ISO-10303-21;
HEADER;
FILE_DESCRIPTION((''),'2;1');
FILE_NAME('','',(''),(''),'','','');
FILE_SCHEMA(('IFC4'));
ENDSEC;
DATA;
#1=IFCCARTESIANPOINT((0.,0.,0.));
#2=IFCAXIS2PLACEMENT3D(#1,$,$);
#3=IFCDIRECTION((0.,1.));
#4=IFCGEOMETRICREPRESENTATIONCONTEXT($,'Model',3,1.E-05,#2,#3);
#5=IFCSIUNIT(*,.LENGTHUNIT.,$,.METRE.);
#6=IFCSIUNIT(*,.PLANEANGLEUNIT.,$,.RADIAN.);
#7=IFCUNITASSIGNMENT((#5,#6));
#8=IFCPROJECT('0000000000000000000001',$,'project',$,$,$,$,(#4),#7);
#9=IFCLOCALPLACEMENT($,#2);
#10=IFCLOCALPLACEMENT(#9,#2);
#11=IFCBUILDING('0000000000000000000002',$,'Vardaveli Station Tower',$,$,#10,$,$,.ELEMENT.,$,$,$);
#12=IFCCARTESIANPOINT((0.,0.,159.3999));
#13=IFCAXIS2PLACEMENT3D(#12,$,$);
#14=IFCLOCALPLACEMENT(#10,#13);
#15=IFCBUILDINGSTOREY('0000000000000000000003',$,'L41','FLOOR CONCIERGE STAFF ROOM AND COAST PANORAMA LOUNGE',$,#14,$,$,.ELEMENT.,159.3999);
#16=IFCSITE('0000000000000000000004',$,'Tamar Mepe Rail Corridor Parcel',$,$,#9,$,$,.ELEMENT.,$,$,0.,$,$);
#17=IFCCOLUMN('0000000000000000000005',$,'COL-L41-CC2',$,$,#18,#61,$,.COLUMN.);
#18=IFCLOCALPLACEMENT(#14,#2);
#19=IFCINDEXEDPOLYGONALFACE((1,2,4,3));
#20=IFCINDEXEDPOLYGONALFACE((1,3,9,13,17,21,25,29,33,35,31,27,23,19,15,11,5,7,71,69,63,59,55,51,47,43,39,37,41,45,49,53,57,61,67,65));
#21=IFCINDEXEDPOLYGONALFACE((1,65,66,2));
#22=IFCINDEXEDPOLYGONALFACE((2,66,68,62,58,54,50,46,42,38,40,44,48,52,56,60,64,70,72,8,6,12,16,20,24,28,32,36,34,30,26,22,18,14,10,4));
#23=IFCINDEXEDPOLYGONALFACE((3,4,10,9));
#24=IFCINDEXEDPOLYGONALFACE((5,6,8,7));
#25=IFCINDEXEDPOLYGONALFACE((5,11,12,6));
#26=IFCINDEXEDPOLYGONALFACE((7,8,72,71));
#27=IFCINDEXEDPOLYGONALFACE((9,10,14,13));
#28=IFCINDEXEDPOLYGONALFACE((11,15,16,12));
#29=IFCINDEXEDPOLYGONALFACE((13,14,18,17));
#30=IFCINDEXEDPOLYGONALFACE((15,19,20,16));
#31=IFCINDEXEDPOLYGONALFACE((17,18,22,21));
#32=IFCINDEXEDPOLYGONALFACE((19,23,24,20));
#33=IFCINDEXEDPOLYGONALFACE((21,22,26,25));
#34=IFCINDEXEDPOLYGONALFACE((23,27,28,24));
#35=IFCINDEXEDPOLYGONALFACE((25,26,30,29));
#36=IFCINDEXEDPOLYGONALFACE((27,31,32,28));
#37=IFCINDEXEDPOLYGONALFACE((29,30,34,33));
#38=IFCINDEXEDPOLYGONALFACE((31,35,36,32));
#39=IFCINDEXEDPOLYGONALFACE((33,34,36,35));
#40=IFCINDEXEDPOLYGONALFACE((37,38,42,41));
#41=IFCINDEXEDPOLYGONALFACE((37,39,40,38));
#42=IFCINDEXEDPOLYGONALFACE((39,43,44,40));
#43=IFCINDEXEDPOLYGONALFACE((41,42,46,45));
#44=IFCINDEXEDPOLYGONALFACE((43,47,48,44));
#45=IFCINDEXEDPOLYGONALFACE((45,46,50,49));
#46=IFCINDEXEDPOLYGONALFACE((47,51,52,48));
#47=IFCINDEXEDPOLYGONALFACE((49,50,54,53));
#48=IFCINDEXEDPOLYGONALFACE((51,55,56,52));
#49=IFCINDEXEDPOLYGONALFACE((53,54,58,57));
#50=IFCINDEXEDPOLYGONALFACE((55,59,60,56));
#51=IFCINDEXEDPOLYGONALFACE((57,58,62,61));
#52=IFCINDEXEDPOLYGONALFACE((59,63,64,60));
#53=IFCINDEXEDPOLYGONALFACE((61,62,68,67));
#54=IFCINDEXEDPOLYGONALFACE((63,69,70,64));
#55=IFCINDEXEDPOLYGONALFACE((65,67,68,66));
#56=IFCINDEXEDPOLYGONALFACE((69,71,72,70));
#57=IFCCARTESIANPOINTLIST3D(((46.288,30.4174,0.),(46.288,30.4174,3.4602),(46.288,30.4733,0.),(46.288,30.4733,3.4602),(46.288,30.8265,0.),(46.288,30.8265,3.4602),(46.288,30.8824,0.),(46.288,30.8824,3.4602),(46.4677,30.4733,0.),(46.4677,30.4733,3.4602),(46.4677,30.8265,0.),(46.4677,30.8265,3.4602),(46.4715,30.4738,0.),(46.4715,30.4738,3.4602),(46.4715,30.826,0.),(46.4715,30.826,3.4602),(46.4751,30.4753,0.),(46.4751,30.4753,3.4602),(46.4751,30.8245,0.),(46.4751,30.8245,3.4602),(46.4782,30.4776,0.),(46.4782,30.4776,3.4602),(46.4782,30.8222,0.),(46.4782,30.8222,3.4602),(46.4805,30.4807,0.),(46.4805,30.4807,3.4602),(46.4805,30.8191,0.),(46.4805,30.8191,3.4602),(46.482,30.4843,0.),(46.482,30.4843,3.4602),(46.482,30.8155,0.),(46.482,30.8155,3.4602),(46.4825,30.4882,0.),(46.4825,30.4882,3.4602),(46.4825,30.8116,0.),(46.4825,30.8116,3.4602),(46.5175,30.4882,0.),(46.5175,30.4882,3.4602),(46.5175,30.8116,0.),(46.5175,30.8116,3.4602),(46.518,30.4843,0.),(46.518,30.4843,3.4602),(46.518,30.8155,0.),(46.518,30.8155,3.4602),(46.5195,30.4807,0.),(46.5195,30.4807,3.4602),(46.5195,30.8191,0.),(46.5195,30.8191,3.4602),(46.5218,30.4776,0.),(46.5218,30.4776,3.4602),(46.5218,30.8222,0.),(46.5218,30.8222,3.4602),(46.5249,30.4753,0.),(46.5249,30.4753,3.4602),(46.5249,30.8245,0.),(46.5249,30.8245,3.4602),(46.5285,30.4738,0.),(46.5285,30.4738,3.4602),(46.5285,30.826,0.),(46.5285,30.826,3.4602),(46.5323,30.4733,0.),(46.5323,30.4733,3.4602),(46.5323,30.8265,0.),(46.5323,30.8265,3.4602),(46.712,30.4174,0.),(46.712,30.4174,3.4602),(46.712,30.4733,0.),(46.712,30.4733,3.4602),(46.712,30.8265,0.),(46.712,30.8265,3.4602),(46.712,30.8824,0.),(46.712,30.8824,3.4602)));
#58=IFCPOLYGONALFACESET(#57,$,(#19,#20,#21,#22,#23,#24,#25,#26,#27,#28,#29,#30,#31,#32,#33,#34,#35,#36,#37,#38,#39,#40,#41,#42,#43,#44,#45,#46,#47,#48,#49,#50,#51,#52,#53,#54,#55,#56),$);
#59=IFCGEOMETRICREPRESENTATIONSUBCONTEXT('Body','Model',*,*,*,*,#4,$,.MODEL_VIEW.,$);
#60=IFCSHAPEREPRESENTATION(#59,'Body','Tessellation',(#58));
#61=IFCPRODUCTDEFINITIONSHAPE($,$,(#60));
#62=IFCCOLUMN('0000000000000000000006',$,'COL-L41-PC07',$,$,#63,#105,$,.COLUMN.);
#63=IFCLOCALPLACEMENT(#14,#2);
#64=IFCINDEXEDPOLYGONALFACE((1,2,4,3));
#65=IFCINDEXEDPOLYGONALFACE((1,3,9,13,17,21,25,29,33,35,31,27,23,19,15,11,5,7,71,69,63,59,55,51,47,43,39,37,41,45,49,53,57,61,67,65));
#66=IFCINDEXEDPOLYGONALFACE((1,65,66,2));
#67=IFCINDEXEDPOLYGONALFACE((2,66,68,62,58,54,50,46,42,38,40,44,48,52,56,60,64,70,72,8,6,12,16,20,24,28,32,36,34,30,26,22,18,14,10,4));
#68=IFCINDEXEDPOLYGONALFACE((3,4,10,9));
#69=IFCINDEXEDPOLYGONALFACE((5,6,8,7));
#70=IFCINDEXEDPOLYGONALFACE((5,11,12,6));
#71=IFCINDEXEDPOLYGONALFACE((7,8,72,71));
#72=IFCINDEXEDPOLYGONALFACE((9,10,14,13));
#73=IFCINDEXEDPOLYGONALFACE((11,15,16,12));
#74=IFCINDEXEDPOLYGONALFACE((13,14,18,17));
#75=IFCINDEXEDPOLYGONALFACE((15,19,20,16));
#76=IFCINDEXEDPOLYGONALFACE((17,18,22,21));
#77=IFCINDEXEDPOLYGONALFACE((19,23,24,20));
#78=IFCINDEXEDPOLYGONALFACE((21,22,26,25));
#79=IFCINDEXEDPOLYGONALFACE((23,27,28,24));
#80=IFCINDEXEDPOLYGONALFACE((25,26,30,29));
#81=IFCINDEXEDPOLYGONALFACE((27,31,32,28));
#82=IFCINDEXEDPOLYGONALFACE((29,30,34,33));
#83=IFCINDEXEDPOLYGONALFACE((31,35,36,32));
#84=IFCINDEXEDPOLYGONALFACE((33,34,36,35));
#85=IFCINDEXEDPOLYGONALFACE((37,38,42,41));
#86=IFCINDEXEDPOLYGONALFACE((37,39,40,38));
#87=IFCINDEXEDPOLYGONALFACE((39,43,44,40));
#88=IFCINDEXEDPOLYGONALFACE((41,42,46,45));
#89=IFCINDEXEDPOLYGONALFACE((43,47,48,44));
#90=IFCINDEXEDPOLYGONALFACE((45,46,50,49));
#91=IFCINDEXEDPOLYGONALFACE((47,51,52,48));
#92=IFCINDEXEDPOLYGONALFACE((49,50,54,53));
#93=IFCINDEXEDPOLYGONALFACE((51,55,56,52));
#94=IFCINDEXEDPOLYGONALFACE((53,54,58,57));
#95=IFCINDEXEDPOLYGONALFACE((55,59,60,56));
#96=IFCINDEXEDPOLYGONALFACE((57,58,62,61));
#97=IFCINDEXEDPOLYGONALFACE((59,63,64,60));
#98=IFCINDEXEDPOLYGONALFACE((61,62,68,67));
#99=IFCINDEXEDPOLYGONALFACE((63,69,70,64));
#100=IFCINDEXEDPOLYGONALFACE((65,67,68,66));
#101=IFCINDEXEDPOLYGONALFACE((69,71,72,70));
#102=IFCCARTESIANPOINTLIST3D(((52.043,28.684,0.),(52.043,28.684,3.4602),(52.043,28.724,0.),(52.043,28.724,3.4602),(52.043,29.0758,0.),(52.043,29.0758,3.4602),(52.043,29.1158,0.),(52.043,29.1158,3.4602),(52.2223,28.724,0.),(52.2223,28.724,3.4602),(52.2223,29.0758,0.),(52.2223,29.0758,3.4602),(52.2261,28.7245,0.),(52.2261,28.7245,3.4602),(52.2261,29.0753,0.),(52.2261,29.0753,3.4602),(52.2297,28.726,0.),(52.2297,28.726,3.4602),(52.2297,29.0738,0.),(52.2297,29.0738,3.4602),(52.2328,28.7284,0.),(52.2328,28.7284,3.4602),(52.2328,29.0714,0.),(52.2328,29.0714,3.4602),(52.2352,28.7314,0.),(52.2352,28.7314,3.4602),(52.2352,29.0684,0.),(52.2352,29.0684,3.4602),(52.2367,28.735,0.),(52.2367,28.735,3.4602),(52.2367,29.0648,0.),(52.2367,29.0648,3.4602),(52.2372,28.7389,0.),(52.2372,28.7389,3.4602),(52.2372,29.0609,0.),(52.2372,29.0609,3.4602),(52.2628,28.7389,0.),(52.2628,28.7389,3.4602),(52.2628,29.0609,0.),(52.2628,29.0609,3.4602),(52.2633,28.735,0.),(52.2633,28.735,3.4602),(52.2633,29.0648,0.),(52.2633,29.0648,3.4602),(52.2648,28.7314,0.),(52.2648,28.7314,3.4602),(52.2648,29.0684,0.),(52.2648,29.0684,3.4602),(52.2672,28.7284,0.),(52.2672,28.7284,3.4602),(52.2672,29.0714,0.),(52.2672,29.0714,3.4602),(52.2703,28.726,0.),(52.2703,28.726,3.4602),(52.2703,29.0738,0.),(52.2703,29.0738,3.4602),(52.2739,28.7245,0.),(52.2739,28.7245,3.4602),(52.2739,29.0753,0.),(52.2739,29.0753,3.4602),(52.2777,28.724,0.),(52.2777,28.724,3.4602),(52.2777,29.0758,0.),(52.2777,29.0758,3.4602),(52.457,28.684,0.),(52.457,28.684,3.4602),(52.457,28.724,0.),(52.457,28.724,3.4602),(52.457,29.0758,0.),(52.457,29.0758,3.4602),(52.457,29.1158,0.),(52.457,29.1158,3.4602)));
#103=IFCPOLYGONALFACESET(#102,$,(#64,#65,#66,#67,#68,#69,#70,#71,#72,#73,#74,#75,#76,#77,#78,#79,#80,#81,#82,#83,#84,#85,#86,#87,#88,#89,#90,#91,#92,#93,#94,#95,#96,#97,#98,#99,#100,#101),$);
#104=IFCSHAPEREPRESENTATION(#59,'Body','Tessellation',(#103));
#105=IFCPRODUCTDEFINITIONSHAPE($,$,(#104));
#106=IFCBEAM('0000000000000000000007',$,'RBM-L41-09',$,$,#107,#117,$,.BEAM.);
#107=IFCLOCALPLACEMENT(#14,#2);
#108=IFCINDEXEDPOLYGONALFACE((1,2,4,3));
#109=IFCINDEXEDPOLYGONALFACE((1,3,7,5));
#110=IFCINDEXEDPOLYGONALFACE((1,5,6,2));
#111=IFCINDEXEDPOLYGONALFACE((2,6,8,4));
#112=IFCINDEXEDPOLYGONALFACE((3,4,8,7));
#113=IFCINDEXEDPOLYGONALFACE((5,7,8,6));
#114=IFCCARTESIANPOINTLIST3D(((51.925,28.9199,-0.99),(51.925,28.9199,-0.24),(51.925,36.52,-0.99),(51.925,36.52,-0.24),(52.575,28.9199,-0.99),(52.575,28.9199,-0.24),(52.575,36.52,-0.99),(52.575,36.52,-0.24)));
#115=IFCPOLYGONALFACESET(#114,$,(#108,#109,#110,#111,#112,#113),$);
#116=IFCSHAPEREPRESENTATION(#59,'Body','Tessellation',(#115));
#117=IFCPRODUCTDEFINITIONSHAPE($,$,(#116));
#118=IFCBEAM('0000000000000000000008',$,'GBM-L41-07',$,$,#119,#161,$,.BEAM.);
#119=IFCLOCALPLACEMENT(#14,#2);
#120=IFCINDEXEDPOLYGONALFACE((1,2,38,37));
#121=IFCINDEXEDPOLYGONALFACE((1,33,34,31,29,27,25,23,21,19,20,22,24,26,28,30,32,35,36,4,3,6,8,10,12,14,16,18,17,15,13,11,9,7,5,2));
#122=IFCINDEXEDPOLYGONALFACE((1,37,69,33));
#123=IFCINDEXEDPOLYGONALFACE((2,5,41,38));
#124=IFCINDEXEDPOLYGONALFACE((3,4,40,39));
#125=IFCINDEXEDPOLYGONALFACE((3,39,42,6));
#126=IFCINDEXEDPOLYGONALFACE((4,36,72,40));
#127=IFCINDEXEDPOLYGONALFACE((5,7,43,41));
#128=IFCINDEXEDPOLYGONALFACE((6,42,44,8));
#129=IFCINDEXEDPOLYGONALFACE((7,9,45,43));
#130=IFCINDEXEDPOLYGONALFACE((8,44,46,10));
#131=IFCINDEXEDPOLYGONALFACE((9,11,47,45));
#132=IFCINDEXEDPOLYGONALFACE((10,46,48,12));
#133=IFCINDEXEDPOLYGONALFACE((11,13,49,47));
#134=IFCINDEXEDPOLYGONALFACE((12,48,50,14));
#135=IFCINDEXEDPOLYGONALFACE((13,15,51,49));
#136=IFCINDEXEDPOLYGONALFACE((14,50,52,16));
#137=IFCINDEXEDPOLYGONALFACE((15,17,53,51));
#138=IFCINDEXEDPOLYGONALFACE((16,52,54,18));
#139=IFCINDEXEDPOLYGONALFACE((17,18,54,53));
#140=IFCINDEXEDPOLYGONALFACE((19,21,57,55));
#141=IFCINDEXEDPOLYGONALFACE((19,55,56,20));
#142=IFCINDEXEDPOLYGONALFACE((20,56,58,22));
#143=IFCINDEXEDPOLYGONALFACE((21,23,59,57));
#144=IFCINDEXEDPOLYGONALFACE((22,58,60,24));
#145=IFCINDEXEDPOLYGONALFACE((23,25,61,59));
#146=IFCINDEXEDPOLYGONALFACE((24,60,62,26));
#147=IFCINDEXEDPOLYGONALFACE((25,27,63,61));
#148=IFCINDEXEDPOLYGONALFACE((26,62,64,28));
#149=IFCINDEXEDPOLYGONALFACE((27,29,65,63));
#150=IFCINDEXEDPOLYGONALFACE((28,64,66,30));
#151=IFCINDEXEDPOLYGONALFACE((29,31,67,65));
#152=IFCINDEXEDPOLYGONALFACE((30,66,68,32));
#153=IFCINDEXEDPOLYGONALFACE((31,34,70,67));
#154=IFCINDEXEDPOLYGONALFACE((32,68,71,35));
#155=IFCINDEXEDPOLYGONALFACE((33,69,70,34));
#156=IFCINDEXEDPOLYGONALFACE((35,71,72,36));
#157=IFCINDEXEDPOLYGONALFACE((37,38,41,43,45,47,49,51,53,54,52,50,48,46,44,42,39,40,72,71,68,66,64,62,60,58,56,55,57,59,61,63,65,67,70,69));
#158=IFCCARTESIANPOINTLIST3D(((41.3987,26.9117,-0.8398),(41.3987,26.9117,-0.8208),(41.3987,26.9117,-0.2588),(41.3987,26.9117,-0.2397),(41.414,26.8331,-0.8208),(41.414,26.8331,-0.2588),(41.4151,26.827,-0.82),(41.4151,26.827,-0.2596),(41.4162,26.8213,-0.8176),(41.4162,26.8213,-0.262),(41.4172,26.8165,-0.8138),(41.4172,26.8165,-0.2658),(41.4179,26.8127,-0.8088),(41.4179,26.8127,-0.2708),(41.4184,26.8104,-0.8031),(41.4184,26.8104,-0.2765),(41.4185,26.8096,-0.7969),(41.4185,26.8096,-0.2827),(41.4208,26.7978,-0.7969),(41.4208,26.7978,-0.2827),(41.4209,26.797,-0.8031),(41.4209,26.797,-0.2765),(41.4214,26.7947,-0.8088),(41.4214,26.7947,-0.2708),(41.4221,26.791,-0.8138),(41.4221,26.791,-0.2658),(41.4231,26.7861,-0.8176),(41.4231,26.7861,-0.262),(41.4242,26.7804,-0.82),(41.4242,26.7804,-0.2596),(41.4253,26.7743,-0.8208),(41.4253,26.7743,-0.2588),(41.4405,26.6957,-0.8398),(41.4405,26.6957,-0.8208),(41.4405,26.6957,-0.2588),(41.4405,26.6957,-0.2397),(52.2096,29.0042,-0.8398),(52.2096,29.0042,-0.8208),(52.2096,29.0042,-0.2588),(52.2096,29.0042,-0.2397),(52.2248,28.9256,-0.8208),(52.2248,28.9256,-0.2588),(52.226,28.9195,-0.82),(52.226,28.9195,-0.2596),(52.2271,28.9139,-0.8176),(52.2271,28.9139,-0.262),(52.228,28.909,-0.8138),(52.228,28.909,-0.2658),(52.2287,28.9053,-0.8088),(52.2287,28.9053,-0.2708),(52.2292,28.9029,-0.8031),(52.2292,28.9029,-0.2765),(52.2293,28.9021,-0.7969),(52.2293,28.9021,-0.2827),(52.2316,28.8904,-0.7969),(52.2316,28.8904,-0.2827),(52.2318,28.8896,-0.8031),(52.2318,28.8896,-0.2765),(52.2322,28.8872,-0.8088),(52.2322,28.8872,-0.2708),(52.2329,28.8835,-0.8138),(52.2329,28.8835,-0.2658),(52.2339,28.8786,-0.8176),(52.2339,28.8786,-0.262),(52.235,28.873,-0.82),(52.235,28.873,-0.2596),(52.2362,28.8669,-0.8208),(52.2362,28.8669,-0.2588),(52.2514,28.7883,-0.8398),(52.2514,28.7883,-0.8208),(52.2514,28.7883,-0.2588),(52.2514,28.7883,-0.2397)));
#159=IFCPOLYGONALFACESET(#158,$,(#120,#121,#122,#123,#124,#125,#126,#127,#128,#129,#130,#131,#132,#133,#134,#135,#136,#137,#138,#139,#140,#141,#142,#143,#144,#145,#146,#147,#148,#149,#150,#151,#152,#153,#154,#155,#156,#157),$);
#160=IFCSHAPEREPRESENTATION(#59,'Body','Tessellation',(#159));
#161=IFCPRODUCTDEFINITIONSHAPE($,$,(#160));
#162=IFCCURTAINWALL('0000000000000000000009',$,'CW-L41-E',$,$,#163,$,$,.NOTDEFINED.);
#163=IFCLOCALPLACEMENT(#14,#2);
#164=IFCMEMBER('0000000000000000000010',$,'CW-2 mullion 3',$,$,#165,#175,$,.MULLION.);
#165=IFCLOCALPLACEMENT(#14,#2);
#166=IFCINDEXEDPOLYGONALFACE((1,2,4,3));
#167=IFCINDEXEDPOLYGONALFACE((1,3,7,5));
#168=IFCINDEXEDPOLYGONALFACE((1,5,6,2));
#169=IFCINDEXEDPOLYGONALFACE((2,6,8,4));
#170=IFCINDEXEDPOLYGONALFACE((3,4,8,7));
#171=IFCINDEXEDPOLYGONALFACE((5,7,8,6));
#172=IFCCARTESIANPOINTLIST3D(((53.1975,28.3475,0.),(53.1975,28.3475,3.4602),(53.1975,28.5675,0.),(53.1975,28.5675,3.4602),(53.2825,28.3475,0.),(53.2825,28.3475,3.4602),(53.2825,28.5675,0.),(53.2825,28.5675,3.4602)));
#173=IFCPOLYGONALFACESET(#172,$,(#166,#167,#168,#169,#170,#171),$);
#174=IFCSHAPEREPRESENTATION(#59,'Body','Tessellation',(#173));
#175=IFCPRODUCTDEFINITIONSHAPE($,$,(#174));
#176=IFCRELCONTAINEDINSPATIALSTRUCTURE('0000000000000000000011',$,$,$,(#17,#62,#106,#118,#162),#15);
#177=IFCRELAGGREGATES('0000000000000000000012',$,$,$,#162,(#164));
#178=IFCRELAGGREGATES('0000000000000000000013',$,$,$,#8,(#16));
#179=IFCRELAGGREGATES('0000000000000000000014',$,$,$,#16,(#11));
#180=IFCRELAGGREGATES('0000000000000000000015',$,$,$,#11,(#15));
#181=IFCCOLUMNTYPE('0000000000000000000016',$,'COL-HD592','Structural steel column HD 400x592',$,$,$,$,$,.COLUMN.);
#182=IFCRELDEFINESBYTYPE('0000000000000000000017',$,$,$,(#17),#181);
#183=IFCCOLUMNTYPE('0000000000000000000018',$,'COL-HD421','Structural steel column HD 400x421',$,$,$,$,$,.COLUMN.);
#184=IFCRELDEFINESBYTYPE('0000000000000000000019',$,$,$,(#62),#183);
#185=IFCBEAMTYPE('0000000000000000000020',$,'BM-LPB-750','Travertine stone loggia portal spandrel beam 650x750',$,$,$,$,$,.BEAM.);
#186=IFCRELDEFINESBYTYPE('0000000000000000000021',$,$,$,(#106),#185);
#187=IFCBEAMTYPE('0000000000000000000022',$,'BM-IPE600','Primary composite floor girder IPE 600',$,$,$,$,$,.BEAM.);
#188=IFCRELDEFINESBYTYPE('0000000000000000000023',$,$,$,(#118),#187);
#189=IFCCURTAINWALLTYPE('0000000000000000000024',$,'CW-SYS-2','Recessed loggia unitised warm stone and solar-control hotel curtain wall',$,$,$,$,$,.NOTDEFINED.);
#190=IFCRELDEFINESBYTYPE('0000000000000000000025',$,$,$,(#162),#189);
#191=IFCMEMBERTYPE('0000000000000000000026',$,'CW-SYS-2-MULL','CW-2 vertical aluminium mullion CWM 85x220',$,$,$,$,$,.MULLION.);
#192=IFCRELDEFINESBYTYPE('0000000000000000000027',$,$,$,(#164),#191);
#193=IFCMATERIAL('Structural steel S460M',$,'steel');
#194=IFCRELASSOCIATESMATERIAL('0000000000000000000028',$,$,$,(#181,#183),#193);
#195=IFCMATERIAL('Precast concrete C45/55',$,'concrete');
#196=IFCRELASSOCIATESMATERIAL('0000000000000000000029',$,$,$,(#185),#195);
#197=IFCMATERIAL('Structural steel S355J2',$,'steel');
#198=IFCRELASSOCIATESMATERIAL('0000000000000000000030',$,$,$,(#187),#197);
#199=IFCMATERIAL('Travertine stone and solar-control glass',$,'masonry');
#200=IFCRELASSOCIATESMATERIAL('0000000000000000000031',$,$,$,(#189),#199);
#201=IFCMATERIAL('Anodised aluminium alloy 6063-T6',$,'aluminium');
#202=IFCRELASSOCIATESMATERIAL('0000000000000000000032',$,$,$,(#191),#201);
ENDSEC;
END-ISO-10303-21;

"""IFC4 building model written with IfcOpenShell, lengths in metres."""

from ifc_helpers import new_model, si_unit, direction, frame, origin, origin_2d, place, context, subcontext, project, spatial, rectangle, i_section, extrude, source, transform, mapped, material, material_profile, profile_set, type_object, element, aggregate, save


model = new_model("IFC4")

# Units and contexts
model_context = context("Model", 3, precision=1e-05, world=origin(), true_north=direction((0.0, 1.0)))
body_context = subcontext(model_context, "Body", "Model", "MODEL_VIEW")
ifc_project = project(units=[si_unit("LENGTHUNIT", "METRE"), si_unit("PLANEANGLEUNIT", "RADIAN")], contexts=[model_context])

# Site, building, storey
site_placement = place(None, origin())
site = spatial("IfcSite", under=ifc_project, at=site_placement, Name="Tamar Mepe Rail Corridor Parcel", CompositionType="ELEMENT", RefElevation=0.0)
building_placement = place(site_placement, origin())
building = spatial("IfcBuilding", under=site, at=building_placement, Name="Vardaveli Station Tower", CompositionType="ELEMENT")
storey_placement = place(building_placement, frame((0.0, 0.0, 159.3999)))
storey = spatial("IfcBuildingStorey", under=building, at=storey_placement, Name="L41", Description="FLOOR CONCIERGE STAFF ROOM AND COAST PANORAMA LOUNGE", CompositionType="ELEMENT", Elevation=159.3999)

# Columns
ifc_material_1 = material(Name="Structural steel S460M", Category="steel")
ifc_material_profile_1 = material_profile(ifc_material_1, i_section(OverallWidth=0.4241, OverallDepth=0.4651, WebThickness=0.0349, FlangeThickness=0.0559, FilletRadius=0.0149, at=origin_2d()), Name="HD 400x592")
ifc_profile_set_1 = profile_set([ifc_material_profile_1], Name="Structural steel S460M")
column_type_1 = type_object("IfcColumnType", Name="COL-HD592", Description="Structural steel column HD 400x592", PredefinedType="COLUMN", material=ifc_profile_set_1)
shared_shape_1 = source(origin(), body_context, "Body", "SweptSolid", [
    extrude(i_section(OverallWidth=0.4241, OverallDepth=0.4651, WebThickness=0.0349, FlangeThickness=0.0559, FilletRadius=0.0149, at=origin_2d()), origin(), (0.0, 0.0, 1.0), 3.4602),
])
column_1_placement = place(storey_placement, frame((46.5, 30.6499, 0.0), z_axis=(0.0, 0.0, 1.0), x_axis=(1.0, 0.0, 0.0)))
element("IfcColumn", 1, at=column_1_placement, inside=storey, type_object=column_type_1, Name="COL-L41-CC2", PredefinedType="COLUMN", context=body_context, shape_type="MappedRepresentation", body=[
    mapped(shared_shape_1, transform((0.0, 0.0, 0.0), scale=1.0)),
])
ifc_material_profile_2 = material_profile(ifc_material_1, i_section(OverallWidth=0.4141, OverallDepth=0.4319, WebThickness=0.0256, FlangeThickness=0.04, FilletRadius=0.0149, at=origin_2d()), Name="HD 400x421")
ifc_profile_set_2 = profile_set([ifc_material_profile_2], Name="Structural steel S460M")
column_type_2 = type_object("IfcColumnType", Name="COL-HD421", Description="Structural steel column HD 400x421", PredefinedType="COLUMN", material=ifc_profile_set_2)
shared_shape_2 = source(origin(), body_context, "Body", "SweptSolid", [
    extrude(i_section(OverallWidth=0.4141, OverallDepth=0.4319, WebThickness=0.0256, FlangeThickness=0.04, FilletRadius=0.0149, at=origin_2d()), origin(), (0.0, 0.0, 1.0), 3.4602),
])
column_2_placement = place(storey_placement, frame((52.25, 28.8999, 0.0), z_axis=(0.0, 0.0, 1.0), x_axis=(1.0, 0.0, 0.0)))
element("IfcColumn", 2, at=column_2_placement, inside=storey, type_object=column_type_2, Name="COL-L41-PC07", PredefinedType="COLUMN", context=body_context, shape_type="MappedRepresentation", body=[
    mapped(shared_shape_2, transform((0.0, 0.0, 0.0), scale=1.0)),
])

# Beams
ifc_material_2 = material(Name="Precast concrete C45/55", Category="concrete")
ifc_material_profile_3 = material_profile(ifc_material_2, rectangle(XDim=0.6499, YDim=0.75, at=origin_2d()), Name="LPB 650x750")
ifc_profile_set_3 = profile_set([ifc_material_profile_3], Name="Precast concrete C45/55")
beam_type_1 = type_object("IfcBeamType", Name="BM-LPB-750", Description="Travertine stone loggia portal spandrel beam 650x750", PredefinedType="BEAM", material=ifc_profile_set_3)
shared_shape_3 = source(origin(), body_context, "Body", "SweptSolid", [
    extrude(rectangle(XDim=0.6499, YDim=0.75, at=origin_2d()), origin(), (0.0, 0.0, 1.0), 7.6001),
])
beam_1_placement = place(storey_placement, frame((52.25, 28.9199, -0.615), z_axis=(0.0, 1.0, 0.0), x_axis=(-1.0, 0.0, 0.0)))
element("IfcBeam", 3, at=beam_1_placement, inside=storey, type_object=beam_type_1, Name="RBM-L41-09", PredefinedType="BEAM", context=body_context, shape_type="MappedRepresentation", body=[
    mapped(shared_shape_3, transform((0.0, 0.0, 0.0), scale=1.0)),
])
ifc_material_3 = material(Name="Structural steel S355J2", Category="steel")
ifc_material_profile_4 = material_profile(ifc_material_3, i_section(OverallWidth=0.22, OverallDepth=0.6001, WebThickness=0.012, FlangeThickness=0.019, FilletRadius=0.0239, at=origin_2d()), Name="IPE 600")
ifc_profile_set_4 = profile_set([ifc_material_profile_4], Name="Structural steel S355J2")
beam_type_2 = type_object("IfcBeamType", Name="BM-IPE600", Description="Primary composite floor girder IPE 600", PredefinedType="BEAM", material=ifc_profile_set_4)
shared_shape_4 = source(origin(), body_context, "Body", "SweptSolid", [
    extrude(i_section(OverallWidth=0.22, OverallDepth=0.6001, WebThickness=0.012, FlangeThickness=0.019, FilletRadius=0.0239, at=origin_2d()), origin(), (0.0, 0.0, 1.0), 11.0115),
])
beam_2_placement = place(storey_placement, frame((52.2305, 28.8962, -0.5398), z_axis=(-0.981778, -0.190032, 0.0), x_axis=(0.190032, -0.981778, 0.0)))
element("IfcBeam", 4, at=beam_2_placement, inside=storey, type_object=beam_type_2, Name="GBM-L41-07", PredefinedType="BEAM", context=body_context, shape_type="MappedRepresentation", body=[
    mapped(shared_shape_4, transform((0.0, 0.0, 0.0), scale=1.0)),
])

# Curtain wall, member
ifc_material_4 = material(Name="Travertine stone and solar-control glass", Category="masonry")
curtain_wall_type = type_object("IfcCurtainWallType", Name="CW-SYS-2", Description="Recessed loggia unitised warm stone and solar-control hotel curtain wall", PredefinedType="NOTDEFINED", material=ifc_material_4)
curtain_wall_placement = place(storey_placement, origin())
curtain_wall = element("IfcCurtainWall", 5, at=curtain_wall_placement, inside=storey, type_object=curtain_wall_type, Name="CW-L41-E", PredefinedType="NOTDEFINED")
ifc_material_5 = material(Name="Anodised aluminium alloy 6063-T6", Category="aluminium")
ifc_material_profile_5 = material_profile(ifc_material_5, rectangle(XDim=0.085, YDim=0.22, at=origin_2d()), Name="CWM 85x220")
ifc_profile_set_5 = profile_set([ifc_material_profile_5], Name="Anodised aluminium alloy 6063-T6")
member_type = type_object("IfcMemberType", Name="CW-SYS-2-MULL", Description="CW-2 vertical aluminium mullion CWM 85x220", PredefinedType="MULLION", material=ifc_profile_set_5)
shared_shape_5 = source(origin(), body_context, "Body", "SweptSolid", [
    extrude(rectangle(XDim=0.085, YDim=0.22, at=origin_2d()), origin(), (0.0, 0.0, 1.0), 3.4602),
])
member_placement = place(storey_placement, frame((53.24, 28.4575, 0.0), z_axis=(0.0, 0.0, 1.0), x_axis=(-1.0, 0.0, 0.0)))
member = element("IfcMember", 6, at=member_placement, type_object=member_type, Name="CW-2 mullion 3", PredefinedType="MULLION", context=body_context, shape_type="MappedRepresentation", body=[
    mapped(shared_shape_5, transform((0.0, 0.0, 0.0), scale=1.0)),
])
aggregate(curtain_wall, [member])

save(model, "model.ifc")
